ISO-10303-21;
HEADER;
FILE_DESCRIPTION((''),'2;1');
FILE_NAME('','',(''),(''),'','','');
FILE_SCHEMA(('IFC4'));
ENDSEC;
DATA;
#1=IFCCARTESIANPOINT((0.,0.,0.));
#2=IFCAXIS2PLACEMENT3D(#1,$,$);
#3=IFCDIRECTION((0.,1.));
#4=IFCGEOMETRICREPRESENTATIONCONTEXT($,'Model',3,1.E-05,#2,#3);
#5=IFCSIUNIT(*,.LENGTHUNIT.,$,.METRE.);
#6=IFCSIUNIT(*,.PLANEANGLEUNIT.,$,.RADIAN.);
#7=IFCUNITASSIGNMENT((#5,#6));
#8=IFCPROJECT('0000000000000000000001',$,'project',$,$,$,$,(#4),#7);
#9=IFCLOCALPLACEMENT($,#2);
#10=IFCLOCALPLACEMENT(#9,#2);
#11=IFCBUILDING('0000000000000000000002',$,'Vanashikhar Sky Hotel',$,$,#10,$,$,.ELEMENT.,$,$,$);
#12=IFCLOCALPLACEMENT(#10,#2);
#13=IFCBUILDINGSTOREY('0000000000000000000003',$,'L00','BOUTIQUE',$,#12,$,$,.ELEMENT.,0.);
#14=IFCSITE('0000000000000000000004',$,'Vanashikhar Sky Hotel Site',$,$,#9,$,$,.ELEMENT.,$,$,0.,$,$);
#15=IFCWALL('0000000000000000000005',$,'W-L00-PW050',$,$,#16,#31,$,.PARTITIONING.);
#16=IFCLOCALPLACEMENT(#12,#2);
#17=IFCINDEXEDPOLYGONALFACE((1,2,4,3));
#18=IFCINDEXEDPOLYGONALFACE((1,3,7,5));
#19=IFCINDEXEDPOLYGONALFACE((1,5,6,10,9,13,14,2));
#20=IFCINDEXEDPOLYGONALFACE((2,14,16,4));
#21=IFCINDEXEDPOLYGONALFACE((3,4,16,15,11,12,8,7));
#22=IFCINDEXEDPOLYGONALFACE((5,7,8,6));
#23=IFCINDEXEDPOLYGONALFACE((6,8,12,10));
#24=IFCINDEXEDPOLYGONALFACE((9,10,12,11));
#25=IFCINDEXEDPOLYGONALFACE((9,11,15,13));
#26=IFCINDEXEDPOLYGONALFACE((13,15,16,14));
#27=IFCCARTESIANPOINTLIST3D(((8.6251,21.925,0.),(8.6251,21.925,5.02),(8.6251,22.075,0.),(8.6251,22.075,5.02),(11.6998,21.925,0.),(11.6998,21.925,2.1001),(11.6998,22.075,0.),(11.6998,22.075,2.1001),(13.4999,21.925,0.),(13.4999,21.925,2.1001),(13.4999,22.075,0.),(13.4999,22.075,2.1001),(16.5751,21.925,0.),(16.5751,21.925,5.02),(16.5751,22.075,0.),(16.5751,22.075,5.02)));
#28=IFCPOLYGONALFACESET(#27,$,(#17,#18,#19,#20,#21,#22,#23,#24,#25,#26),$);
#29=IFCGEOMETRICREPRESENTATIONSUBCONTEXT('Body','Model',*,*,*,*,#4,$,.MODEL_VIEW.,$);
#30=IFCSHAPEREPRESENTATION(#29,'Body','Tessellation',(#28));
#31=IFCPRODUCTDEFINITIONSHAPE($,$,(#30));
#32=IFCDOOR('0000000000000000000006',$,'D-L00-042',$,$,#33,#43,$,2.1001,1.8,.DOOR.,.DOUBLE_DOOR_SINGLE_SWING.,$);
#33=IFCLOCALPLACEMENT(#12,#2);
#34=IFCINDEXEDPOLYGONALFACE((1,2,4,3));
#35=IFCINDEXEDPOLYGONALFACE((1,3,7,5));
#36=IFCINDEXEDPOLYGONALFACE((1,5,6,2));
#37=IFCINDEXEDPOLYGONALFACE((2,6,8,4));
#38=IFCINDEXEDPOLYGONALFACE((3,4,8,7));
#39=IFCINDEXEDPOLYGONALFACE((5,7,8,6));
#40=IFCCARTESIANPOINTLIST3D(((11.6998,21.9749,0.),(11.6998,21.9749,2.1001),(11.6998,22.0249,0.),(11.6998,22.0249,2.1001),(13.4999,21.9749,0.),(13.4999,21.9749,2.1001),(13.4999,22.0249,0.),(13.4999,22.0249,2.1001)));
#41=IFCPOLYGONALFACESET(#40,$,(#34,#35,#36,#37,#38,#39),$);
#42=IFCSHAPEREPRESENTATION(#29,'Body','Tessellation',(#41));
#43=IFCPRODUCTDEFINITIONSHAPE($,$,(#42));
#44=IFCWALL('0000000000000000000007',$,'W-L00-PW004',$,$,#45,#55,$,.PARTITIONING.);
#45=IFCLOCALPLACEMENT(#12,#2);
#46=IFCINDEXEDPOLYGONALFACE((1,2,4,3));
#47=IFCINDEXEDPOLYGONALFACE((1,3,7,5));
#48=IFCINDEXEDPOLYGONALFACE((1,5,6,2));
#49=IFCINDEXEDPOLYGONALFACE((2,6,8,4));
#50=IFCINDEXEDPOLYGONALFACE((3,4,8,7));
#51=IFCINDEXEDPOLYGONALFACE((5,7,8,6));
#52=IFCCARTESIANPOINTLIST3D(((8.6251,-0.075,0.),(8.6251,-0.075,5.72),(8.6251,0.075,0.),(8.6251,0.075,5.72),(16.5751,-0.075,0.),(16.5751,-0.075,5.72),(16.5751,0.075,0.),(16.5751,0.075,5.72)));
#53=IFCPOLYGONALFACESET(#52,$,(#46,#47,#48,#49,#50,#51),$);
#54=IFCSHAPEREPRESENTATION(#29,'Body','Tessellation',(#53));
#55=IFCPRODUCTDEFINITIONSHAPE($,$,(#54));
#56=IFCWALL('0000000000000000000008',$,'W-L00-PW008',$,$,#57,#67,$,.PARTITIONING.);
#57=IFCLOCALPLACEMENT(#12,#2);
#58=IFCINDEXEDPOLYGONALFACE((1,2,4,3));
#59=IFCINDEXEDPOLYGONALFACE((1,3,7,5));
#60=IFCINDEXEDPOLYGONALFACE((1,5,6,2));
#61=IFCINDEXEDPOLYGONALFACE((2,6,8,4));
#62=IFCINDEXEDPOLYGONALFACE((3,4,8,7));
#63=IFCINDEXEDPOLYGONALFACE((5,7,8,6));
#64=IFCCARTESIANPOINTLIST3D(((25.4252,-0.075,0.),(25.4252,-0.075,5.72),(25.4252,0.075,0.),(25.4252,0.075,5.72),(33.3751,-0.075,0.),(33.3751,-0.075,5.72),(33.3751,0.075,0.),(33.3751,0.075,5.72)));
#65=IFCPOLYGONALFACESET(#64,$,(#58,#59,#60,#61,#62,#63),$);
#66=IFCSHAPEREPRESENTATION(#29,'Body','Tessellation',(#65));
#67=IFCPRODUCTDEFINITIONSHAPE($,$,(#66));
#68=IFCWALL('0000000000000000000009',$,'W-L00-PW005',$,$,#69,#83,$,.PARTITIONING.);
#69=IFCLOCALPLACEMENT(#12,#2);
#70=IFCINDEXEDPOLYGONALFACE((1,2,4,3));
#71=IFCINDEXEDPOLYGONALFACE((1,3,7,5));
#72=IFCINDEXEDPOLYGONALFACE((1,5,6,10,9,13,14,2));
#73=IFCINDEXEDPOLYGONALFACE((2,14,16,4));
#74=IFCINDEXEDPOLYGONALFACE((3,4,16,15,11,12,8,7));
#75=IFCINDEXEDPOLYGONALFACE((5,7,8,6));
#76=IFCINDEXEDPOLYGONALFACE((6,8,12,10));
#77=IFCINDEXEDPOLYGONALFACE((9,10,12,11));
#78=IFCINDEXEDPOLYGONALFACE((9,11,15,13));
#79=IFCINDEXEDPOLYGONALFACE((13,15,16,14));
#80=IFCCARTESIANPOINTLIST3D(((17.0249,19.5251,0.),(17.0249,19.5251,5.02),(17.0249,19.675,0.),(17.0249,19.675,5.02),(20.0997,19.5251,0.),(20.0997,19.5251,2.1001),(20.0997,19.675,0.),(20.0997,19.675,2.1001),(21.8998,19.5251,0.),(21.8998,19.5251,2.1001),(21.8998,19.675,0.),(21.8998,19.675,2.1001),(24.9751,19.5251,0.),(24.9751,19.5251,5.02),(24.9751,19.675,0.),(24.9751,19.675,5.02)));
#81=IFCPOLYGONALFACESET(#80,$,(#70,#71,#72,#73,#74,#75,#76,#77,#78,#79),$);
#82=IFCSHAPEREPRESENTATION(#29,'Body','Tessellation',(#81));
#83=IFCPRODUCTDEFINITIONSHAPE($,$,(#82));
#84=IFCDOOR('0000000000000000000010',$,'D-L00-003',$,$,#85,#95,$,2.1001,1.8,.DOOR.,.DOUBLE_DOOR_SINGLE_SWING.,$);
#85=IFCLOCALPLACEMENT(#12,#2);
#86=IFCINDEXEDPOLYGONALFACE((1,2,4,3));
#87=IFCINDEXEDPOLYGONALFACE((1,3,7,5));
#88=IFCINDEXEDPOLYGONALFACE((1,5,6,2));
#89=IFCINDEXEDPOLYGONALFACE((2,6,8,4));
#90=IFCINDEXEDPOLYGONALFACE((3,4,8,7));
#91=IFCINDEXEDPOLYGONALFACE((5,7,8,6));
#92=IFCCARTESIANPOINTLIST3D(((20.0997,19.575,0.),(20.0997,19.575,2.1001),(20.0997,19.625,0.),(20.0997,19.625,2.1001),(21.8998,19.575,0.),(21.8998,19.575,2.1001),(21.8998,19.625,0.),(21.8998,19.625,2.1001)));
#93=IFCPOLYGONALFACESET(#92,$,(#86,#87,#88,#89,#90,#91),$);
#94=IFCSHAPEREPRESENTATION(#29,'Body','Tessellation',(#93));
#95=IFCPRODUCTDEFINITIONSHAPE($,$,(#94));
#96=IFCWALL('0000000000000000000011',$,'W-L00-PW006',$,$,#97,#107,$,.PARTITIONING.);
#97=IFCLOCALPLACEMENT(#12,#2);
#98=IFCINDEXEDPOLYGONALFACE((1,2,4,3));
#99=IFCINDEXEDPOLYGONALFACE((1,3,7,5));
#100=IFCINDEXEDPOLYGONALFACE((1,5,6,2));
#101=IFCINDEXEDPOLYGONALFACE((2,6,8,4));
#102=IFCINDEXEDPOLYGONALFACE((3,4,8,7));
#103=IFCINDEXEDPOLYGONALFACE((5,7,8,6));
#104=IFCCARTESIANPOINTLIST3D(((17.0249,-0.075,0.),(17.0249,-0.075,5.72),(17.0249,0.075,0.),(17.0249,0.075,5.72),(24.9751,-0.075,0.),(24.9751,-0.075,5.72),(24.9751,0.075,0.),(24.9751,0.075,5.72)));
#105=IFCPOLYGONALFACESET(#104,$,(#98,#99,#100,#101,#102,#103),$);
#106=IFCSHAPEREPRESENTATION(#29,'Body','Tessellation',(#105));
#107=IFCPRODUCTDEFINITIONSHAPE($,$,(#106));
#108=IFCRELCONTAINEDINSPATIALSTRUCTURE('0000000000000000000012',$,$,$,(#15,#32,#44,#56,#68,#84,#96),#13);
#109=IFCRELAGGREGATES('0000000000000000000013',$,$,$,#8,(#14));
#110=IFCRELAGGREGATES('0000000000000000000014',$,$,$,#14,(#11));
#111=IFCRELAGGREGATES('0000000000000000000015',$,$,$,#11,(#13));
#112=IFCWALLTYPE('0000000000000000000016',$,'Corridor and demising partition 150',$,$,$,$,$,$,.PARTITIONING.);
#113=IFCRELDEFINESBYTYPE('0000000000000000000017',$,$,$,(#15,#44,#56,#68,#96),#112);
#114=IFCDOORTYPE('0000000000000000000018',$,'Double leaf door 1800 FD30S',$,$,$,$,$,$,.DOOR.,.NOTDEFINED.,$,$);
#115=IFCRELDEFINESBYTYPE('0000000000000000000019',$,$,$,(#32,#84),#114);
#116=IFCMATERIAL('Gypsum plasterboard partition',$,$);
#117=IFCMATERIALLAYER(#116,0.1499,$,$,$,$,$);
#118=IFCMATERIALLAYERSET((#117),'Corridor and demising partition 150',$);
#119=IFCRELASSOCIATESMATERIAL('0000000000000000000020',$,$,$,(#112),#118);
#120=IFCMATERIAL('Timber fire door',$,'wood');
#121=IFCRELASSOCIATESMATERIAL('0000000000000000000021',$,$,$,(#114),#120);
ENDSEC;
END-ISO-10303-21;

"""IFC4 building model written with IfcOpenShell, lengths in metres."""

from ifc_helpers import new_model, si_unit, direction, frame, frame_2d, origin, place, context, subcontext, project, spatial, rectangle, extrude, source, transform, mapped, material, layer, layer_set, type_object, element, fill, save


model = new_model("IFC4")

# Units and contexts
model_context = context("Model", 3, precision=1e-05, world=origin(), true_north=direction((0.0, 1.0)))
body_context = subcontext(model_context, "Body", "Model", "MODEL_VIEW")
ifc_project = project(units=[si_unit("LENGTHUNIT", "METRE"), si_unit("PLANEANGLEUNIT", "RADIAN")], contexts=[model_context])

# Site, building, storey
site_placement = place(None, origin())
site = spatial("IfcSite", under=ifc_project, at=site_placement, Name="Vanashikhar Sky Hotel Site", CompositionType="ELEMENT", RefElevation=0.0)
building_placement = place(site_placement, origin())
building = spatial("IfcBuilding", under=site, at=building_placement, Name="Vanashikhar Sky Hotel", CompositionType="ELEMENT")
storey_placement = place(building_placement, origin())
storey = spatial("IfcBuildingStorey", under=building, at=storey_placement, Name="L00", Description="BOUTIQUE", CompositionType="ELEMENT", Elevation=0.0)

# Wall, opening, door
ifc_material_1 = material(Name="Gypsum plasterboard partition")
ifc_layer_1 = layer(ifc_material_1, 0.1499)
ifc_layer_set_1 = layer_set([ifc_layer_1], Name="Corridor and demising partition 150")
wall_type_1 = type_object("IfcWallType", Name="Corridor and demising partition 150", PredefinedType="PARTITIONING", material=ifc_layer_set_1)
shared_shape_1 = source(origin(), body_context, "Body", "SweptSolid", [
    extrude(rectangle(XDim=7.95, YDim=0.1499, at=frame_2d((3.9751, 0.0))), origin(), (0.0, 0.0, 1.0), 5.02),
])
shared_shape_2 = source(origin(), body_context, "Body", "SweptSolid", [
    extrude(rectangle(XDim=1.8, YDim=2.1001, at=frame_2d((0.8999, 1.05))), frame((0.0, 0.085, 0.0), z_axis=(0.0, -1.0, 0.0), x_axis=(1.0, 0.0, 0.0)), (0.0, 0.0, 1.0), 0.1699),
])
ifc_material_2 = material(Name="Timber fire door", Category="wood")
door_type = type_object("IfcDoorType", Name="Double leaf door 1800 FD30S", OperationType="NOTDEFINED", PredefinedType="DOOR", material=ifc_material_2)
shared_shape_3 = source(origin(), body_context, "Body", "SweptSolid", [
    extrude(rectangle(XDim=1.8, YDim=2.1001, at=frame_2d((0.8999, 1.05))), frame((0.0, 0.0249, 0.0), z_axis=(0.0, -1.0, 0.0), x_axis=(1.0, 0.0, 0.0)), (0.0, 0.0, 1.0), 0.05),
])
wall_1_placement = place(storey_placement, frame((8.625, 22.0, 0.0), z_axis=(0.0, 0.0, 1.0), x_axis=(1.0, 0.0, 0.0)))
wall_1 = element("IfcWall", 1, at=wall_1_placement, inside=storey, type_object=wall_type_1, Name="W-L00-PW050", PredefinedType="PARTITIONING", context=body_context, shape_type="MappedRepresentation", body=[
    mapped(shared_shape_1, transform((0.0, 0.0, 0.0), scale=1.0)),
])
opening_1_placement = place(wall_1_placement, frame((3.075, 0.0, 0.0)))
opening_1 = element("IfcOpeningElement", 2, at=opening_1_placement, cuts=wall_1, PredefinedType="OPENING", context=body_context, shape_type="MappedRepresentation", body=[
    mapped(shared_shape_2, transform((0.0, 0.0, 0.0), scale=1.0)),
])
door_1_placement = place(opening_1_placement, origin())
door_1 = element("IfcDoor", 3, at=door_1_placement, inside=storey, type_object=door_type, Name="D-L00-042", OperationType="DOUBLE_DOOR_SINGLE_SWING", OverallHeight=2.1001, OverallWidth=1.8, PredefinedType="DOOR", context=body_context, shape_type="MappedRepresentation", body=[
    mapped(shared_shape_3, transform((0.0, 0.0, 0.0), scale=1.0)),
])
fill(opening_1, door_1)

# Walls
shared_shape_4 = source(origin(), body_context, "Body", "SweptSolid", [
    extrude(rectangle(XDim=7.95, YDim=0.1499, at=frame_2d((3.9751, 0.0))), origin(), (0.0, 0.0, 1.0), 5.72),
])
for number, where, z_axis, x_axis, name in (
    (4, (8.625, 0.0, 0.0), (0.0, 0.0, 1.0), (1.0, 0.0, 0.0), "W-L00-PW004"),
    (5, (25.425, 0.0, 0.0), (0.0, 0.0, 1.0), (1.0, 0.0, 0.0), "W-L00-PW008"),
):
    element("IfcWall", number, at=place(storey_placement, frame(where, z_axis=z_axis, x_axis=x_axis)), inside=storey, type_object=wall_type_1, Name=name, PredefinedType="PARTITIONING", context=body_context, shape_type="MappedRepresentation", body=[
        mapped(shared_shape_4, transform((0.0, 0.0, 0.0), scale=1.0)),
    ])

# Wall, opening, door
shared_shape_5 = source(origin(), body_context, "Body", "SweptSolid", [
    extrude(rectangle(XDim=7.9502, YDim=0.1499, at=frame_2d((3.9751, 0.0))), origin(), (0.0, 0.0, 1.0), 5.02),
])
wall_2_placement = place(storey_placement, frame((17.0249, 19.6001, 0.0), z_axis=(0.0, 0.0, 1.0), x_axis=(1.0, 0.0, 0.0)))
wall_2 = element("IfcWall", 6, at=wall_2_placement, inside=storey, type_object=wall_type_1, Name="W-L00-PW005", PredefinedType="PARTITIONING", context=body_context, shape_type="MappedRepresentation", body=[
    mapped(shared_shape_5, transform((0.0, 0.0, 0.0), scale=1.0)),
])
opening_2_placement = place(wall_2_placement, frame((3.075, 0.0, 0.0)))
opening_2 = element("IfcOpeningElement", 7, at=opening_2_placement, cuts=wall_2, PredefinedType="OPENING", context=body_context, shape_type="MappedRepresentation", body=[
    mapped(shared_shape_2, transform((0.0, 0.0, 0.0), scale=1.0)),
])
door_2_placement = place(opening_2_placement, origin())
door_2 = element("IfcDoor", 8, at=door_2_placement, inside=storey, type_object=door_type, Name="D-L00-003", OperationType="DOUBLE_DOOR_SINGLE_SWING", OverallHeight=2.1001, OverallWidth=1.8, PredefinedType="DOOR", context=body_context, shape_type="MappedRepresentation", body=[
    mapped(shared_shape_3, transform((0.0, 0.0, 0.0), scale=1.0)),
])
fill(opening_2, door_2)

# Wall
shared_shape_6 = source(origin(), body_context, "Body", "SweptSolid", [
    extrude(rectangle(XDim=7.9502, YDim=0.1499, at=frame_2d((3.9751, 0.0))), origin(), (0.0, 0.0, 1.0), 5.72),
])
wall_3_placement = place(storey_placement, frame((17.0249, 0.0, 0.0), z_axis=(0.0, 0.0, 1.0), x_axis=(1.0, 0.0, 0.0)))
element("IfcWall", 9, at=wall_3_placement, inside=storey, type_object=wall_type_1, Name="W-L00-PW006", PredefinedType="PARTITIONING", context=body_context, shape_type="MappedRepresentation", body=[
    mapped(shared_shape_6, transform((0.0, 0.0, 0.0), scale=1.0)),
])

save(model, "model.ifc")
